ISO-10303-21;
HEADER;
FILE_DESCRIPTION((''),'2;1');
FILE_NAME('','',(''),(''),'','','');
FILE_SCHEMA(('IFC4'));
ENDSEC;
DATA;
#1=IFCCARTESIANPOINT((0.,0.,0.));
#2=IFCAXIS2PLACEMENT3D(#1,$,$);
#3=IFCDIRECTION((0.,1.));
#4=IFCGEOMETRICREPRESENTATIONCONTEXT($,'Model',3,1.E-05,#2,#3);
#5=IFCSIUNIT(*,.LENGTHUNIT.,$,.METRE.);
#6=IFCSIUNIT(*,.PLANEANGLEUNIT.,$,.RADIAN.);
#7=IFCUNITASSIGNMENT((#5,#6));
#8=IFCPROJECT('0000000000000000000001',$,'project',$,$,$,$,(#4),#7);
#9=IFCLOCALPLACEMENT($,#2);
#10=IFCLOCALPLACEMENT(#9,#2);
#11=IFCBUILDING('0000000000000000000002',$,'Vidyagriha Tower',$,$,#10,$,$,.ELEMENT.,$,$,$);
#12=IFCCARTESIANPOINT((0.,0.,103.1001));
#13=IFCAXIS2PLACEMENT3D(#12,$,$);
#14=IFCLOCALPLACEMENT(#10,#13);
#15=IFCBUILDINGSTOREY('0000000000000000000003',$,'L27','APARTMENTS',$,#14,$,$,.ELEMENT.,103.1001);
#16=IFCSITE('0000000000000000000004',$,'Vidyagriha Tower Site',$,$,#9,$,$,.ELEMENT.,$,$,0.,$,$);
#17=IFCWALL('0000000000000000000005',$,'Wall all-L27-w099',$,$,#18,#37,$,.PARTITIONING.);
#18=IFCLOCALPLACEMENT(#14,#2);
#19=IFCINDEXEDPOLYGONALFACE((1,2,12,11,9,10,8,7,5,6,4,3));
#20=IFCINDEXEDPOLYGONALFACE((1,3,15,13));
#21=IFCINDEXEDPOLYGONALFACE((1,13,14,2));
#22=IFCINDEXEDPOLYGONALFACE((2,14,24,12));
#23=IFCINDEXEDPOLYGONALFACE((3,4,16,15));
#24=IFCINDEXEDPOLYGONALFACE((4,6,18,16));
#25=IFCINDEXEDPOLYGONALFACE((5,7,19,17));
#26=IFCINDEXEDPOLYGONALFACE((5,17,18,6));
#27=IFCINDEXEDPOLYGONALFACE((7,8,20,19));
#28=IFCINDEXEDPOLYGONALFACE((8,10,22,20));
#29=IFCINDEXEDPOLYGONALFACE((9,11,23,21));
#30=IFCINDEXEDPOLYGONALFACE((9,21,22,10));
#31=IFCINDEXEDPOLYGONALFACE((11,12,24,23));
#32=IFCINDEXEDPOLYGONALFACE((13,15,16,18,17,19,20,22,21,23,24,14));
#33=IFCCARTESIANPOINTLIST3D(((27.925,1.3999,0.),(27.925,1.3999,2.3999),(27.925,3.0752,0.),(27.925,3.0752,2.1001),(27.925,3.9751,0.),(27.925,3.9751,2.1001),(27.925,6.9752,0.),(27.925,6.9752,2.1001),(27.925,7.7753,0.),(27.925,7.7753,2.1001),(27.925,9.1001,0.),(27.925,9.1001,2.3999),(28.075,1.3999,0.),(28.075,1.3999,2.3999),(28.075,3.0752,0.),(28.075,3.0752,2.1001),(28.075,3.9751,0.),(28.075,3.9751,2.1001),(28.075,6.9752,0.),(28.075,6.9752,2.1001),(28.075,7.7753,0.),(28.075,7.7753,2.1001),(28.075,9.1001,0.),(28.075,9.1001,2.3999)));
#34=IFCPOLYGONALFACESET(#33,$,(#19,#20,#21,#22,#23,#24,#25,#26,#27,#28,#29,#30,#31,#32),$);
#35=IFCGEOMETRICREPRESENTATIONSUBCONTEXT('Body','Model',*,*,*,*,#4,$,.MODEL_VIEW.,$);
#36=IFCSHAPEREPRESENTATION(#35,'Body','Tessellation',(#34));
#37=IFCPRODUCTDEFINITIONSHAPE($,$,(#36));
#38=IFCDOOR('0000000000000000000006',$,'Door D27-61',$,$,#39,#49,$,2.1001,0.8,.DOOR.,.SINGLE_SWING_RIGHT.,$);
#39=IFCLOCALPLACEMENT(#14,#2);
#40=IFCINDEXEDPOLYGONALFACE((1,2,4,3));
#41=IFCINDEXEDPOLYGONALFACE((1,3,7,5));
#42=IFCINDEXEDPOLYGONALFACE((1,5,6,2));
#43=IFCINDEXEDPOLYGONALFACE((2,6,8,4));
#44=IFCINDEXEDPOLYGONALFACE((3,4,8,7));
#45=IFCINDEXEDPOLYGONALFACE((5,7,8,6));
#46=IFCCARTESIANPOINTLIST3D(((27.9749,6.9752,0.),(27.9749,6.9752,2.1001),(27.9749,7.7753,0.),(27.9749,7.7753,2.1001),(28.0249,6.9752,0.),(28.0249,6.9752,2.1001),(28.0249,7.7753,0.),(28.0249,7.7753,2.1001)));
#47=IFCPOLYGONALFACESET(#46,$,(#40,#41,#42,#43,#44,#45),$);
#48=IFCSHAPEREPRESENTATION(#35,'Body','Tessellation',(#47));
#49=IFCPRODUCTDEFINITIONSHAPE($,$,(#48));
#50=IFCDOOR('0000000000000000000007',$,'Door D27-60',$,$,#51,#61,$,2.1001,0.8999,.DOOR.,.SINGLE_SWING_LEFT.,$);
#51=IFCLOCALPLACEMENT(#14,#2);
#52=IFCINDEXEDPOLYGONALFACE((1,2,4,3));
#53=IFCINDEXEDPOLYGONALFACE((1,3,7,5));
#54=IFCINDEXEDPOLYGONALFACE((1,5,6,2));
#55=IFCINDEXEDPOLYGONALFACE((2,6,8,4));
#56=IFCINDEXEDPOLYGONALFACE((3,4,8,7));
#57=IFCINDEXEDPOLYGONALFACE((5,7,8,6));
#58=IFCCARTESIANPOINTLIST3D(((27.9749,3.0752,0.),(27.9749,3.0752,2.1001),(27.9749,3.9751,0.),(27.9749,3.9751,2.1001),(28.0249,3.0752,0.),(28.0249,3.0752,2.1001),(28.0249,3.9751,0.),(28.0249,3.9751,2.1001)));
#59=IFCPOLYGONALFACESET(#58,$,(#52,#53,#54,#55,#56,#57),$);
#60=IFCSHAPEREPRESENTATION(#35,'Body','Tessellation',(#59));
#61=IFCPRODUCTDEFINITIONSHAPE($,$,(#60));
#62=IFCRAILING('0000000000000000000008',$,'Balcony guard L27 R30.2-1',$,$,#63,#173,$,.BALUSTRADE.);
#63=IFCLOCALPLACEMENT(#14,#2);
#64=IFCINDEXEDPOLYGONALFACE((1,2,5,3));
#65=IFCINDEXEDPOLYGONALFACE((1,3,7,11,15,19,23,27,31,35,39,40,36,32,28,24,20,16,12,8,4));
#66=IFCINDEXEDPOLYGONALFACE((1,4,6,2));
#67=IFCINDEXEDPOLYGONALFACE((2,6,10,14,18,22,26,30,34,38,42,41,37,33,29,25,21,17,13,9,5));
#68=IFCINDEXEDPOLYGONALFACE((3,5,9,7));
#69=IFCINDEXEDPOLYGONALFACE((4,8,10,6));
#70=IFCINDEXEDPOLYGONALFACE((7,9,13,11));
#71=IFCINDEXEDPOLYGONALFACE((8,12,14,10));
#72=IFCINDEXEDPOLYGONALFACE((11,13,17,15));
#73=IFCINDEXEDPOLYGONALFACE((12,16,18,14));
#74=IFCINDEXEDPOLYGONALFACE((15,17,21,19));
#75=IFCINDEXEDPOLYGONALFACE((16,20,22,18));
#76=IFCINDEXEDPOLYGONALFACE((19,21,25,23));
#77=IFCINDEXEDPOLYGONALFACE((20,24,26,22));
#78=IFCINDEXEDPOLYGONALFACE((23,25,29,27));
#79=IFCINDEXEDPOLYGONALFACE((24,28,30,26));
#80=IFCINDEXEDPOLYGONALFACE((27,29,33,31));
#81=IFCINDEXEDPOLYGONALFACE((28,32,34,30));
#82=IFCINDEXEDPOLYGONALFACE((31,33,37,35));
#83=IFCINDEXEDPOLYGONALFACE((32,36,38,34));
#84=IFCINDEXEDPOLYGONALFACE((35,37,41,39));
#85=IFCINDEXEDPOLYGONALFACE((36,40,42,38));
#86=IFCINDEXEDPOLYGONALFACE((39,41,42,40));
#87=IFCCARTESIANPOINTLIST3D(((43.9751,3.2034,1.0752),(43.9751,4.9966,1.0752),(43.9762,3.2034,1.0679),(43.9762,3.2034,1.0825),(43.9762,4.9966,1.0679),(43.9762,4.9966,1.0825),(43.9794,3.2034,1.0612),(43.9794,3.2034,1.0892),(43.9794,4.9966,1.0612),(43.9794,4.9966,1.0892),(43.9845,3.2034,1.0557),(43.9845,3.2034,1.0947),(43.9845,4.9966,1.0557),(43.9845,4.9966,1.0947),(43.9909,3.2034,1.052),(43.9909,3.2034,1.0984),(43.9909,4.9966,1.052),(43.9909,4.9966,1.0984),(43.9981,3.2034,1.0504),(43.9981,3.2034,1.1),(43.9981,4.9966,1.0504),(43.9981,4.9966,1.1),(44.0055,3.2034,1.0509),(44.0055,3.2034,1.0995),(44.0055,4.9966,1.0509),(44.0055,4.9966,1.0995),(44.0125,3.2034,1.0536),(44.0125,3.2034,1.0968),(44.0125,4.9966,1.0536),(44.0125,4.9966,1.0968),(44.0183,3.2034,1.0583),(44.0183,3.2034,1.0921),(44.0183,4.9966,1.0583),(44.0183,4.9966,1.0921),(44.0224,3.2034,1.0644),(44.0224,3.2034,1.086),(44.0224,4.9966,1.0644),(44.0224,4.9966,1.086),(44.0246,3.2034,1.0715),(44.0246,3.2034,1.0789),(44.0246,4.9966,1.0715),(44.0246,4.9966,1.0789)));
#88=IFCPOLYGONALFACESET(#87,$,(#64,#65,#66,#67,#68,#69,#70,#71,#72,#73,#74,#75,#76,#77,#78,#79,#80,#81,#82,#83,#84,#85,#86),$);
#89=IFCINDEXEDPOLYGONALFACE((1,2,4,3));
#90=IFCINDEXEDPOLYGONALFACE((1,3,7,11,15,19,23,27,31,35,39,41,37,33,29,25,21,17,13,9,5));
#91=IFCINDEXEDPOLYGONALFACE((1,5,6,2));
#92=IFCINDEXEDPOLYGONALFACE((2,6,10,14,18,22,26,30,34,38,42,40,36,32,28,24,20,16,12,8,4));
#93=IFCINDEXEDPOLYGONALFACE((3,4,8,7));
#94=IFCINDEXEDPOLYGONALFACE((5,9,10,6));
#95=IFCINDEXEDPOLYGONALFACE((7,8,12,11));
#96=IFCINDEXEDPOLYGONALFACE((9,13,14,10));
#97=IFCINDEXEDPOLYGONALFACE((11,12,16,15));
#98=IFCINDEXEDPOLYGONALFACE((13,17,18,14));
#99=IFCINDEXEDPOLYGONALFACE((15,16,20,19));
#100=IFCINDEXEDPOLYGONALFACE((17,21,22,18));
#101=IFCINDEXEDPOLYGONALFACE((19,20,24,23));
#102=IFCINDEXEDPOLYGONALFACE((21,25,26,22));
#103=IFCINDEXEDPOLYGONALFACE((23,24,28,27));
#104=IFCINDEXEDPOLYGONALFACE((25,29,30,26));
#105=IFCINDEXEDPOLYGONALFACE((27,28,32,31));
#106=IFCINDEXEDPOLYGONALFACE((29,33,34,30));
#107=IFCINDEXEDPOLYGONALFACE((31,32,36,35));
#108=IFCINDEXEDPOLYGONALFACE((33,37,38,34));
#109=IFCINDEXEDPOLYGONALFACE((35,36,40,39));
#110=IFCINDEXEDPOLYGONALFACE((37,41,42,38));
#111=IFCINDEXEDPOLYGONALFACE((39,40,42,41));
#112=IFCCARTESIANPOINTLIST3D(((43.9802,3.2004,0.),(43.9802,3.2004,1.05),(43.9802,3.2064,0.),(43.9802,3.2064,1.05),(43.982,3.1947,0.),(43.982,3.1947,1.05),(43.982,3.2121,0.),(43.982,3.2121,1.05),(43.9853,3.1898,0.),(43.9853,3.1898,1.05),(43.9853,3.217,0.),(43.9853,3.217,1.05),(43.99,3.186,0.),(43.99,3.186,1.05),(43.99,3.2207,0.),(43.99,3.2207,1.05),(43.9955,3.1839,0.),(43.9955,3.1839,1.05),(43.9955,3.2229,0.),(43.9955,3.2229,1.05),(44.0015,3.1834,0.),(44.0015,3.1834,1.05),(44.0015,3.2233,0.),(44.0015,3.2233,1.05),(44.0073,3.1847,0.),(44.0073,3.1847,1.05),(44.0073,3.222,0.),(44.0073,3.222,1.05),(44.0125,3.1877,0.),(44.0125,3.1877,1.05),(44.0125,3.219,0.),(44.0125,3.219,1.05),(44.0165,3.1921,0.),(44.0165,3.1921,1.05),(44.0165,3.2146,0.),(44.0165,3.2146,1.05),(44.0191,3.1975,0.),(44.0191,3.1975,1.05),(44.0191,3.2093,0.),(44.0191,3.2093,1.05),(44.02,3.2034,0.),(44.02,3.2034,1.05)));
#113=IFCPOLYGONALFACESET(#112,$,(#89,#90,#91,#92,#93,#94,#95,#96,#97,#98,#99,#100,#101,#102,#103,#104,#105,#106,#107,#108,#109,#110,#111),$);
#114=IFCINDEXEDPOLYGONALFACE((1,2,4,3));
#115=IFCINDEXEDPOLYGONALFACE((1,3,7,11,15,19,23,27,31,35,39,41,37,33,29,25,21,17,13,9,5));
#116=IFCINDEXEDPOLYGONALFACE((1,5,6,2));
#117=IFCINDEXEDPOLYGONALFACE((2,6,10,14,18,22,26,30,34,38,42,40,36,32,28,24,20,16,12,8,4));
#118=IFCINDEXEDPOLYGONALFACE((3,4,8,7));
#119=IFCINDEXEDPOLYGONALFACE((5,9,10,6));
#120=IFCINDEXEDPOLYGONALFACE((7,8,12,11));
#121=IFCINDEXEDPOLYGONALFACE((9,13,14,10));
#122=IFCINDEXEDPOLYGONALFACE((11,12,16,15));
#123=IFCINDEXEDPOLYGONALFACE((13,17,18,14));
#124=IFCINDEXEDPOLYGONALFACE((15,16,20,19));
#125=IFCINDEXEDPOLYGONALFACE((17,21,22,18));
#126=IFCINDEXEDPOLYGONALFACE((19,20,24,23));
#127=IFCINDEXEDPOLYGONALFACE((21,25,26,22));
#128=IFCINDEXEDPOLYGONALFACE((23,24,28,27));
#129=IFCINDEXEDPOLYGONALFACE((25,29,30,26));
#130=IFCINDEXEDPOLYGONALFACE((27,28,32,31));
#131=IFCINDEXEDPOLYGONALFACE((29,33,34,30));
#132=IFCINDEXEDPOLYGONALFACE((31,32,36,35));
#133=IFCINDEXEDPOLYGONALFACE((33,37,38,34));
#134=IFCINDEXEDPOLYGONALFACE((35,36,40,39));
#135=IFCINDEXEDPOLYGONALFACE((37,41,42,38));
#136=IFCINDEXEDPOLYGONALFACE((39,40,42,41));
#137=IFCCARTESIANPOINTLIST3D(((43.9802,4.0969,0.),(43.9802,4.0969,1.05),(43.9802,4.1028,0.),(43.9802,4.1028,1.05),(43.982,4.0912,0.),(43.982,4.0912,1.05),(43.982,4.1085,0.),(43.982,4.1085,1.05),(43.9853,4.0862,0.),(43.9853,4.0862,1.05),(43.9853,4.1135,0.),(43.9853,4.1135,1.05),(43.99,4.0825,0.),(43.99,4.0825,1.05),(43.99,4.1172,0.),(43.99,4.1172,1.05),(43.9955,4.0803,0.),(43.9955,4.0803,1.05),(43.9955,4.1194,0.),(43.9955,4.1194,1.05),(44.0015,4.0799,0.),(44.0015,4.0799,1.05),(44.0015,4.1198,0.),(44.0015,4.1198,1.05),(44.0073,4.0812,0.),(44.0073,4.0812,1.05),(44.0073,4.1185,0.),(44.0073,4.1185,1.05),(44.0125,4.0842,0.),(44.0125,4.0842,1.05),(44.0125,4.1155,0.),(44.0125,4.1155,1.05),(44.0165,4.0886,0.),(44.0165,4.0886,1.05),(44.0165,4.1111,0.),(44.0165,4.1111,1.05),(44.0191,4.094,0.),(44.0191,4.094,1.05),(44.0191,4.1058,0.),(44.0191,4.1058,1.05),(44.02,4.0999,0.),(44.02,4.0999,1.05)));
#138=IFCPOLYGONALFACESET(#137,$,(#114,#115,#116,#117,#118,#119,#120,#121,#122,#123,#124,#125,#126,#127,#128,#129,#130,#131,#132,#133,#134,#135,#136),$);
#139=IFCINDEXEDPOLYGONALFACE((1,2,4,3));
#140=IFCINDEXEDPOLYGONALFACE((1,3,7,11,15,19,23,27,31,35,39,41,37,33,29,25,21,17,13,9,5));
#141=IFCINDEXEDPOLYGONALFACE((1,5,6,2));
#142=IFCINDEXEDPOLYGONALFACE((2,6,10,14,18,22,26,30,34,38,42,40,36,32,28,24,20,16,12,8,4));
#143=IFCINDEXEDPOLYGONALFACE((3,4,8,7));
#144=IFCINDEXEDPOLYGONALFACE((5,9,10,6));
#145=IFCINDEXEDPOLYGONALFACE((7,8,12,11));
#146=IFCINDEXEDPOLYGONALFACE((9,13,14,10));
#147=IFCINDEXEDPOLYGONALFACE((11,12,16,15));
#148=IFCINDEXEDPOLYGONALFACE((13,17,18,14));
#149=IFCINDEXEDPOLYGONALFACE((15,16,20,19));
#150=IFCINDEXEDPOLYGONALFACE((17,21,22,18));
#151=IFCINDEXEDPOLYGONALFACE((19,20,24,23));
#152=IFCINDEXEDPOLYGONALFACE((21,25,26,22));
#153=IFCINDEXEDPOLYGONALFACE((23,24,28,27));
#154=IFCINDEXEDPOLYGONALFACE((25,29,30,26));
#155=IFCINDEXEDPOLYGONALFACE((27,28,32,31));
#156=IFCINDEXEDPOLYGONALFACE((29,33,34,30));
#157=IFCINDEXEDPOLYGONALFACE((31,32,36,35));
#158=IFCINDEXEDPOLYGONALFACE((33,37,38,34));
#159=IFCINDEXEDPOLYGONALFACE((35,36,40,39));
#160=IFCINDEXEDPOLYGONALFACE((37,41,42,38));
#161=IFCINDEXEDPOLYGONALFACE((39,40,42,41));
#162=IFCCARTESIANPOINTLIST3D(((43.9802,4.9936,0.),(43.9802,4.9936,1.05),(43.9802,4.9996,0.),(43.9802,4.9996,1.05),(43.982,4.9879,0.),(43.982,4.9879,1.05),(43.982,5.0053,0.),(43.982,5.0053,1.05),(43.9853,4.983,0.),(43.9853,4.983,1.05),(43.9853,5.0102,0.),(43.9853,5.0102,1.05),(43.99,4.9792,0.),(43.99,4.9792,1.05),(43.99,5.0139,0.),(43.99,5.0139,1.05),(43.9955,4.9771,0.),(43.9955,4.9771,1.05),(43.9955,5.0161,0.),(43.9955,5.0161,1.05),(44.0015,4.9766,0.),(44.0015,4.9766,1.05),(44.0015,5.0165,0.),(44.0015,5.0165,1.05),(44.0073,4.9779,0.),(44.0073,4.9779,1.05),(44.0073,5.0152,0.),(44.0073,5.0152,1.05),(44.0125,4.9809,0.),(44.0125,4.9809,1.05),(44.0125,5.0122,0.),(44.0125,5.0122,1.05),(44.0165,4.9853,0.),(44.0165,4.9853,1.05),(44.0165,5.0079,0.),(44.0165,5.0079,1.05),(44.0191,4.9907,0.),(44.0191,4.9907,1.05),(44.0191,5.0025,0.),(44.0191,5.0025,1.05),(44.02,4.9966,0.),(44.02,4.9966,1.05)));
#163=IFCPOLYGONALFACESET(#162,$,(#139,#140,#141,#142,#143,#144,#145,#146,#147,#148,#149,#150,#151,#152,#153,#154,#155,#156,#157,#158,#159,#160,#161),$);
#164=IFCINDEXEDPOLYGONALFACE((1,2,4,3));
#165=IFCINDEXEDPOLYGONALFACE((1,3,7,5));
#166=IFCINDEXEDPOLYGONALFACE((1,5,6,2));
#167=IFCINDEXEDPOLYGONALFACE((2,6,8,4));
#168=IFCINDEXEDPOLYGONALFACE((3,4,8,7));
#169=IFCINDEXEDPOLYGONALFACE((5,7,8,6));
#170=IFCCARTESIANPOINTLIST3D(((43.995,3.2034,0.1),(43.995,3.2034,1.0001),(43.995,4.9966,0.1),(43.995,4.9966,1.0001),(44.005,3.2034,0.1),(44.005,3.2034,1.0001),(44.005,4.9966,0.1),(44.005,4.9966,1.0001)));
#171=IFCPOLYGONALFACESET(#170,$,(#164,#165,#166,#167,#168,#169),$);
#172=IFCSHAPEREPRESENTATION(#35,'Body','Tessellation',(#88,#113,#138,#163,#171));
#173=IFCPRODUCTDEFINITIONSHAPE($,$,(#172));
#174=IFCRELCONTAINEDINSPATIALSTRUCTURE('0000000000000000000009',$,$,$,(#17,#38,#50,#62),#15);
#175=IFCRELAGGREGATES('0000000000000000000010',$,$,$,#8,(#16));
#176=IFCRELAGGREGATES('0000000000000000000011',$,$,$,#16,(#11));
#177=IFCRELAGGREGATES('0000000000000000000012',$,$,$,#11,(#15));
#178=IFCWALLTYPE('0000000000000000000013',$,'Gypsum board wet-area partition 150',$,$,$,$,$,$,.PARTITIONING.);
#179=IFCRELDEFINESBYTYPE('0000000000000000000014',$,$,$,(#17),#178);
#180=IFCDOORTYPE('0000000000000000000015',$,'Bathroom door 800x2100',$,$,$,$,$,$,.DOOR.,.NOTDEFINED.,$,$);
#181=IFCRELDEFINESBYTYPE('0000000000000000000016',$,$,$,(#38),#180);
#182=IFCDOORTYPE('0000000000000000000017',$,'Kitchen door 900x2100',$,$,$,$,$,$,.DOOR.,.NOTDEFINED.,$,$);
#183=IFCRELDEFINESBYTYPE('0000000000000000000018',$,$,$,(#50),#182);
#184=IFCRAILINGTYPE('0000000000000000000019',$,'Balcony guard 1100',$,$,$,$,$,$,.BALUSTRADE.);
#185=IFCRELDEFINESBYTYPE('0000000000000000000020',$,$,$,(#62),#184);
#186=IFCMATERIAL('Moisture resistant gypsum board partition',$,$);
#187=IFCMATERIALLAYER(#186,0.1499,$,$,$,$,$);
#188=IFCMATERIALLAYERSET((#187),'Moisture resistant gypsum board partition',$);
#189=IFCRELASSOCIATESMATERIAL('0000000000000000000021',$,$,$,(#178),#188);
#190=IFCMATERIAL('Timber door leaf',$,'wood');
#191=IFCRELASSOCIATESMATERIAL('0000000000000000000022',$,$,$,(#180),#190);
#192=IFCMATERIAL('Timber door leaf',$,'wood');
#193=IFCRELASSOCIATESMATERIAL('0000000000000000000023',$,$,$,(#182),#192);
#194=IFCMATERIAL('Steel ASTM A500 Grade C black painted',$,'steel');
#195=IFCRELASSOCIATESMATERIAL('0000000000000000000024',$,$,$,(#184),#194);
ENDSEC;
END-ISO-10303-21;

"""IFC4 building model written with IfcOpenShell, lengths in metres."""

from ifc_helpers import new_model, si_unit, direction, frame, frame_2d, origin, origin_2d, place, context, subcontext, project, spatial, rectangle, circle, extrude, material, layer, layer_set, type_object, element, fill, save


model = new_model("IFC4")

# Units and contexts
model_context = context("Model", 3, precision=1e-05, world=origin(), true_north=direction((0.0, 1.0)))
body_context = subcontext(model_context, "Body", "Model", "MODEL_VIEW")
ifc_project = project(units=[si_unit("LENGTHUNIT", "METRE"), si_unit("PLANEANGLEUNIT", "RADIAN")], contexts=[model_context])

# Site, building, storey
site_placement = place(None, origin())
site = spatial("IfcSite", under=ifc_project, at=site_placement, Name="Vidyagriha Tower Site", CompositionType="ELEMENT", RefElevation=0.0)
building_placement = place(site_placement, origin())
building = spatial("IfcBuilding", under=site, at=building_placement, Name="Vidyagriha Tower", CompositionType="ELEMENT")
storey_placement = place(building_placement, frame((0.0, 0.0, 103.1001)))
storey = spatial("IfcBuildingStorey", under=building, at=storey_placement, Name="L27", Description="APARTMENTS", CompositionType="ELEMENT", Elevation=103.1001)

# Wall, openings, doors
ifc_material_1 = material(Name="Moisture resistant gypsum board partition")
ifc_layer_1 = layer(ifc_material_1, 0.1499)
ifc_layer_set_1 = layer_set([ifc_layer_1], Name="Moisture resistant gypsum board partition")
wall_type_1 = type_object("IfcWallType", Name="Gypsum board wet-area partition 150", PredefinedType="PARTITIONING", material=ifc_layer_set_1)
wall_1_placement = place(storey_placement, frame((28.0, 9.1001, 0.0), z_axis=(0.0, 0.0, 1.0), x_axis=(0.0, -1.0, 0.0)))
wall_1 = element("IfcWall", 1, at=wall_1_placement, inside=storey, type_object=wall_type_1, Name="Wall all-L27-w099", PredefinedType="PARTITIONING", context=body_context, shape_type="SweptSolid", body=[
    extrude(rectangle(XDim=7.7002, YDim=0.1499, at=frame_2d((3.8501, 0.0))), origin(), (0.0, 0.0, 1.0), 2.3999),
])
opening_1_placement = place(wall_1_placement, frame((5.125, 0.0, 0.0)))
opening_1 = element("IfcOpeningElement", 2, at=opening_1_placement, cuts=wall_1, PredefinedType="OPENING", context=body_context, shape_type="SweptSolid", body=[
    extrude(rectangle(XDim=0.8999, YDim=2.1001, at=frame_2d((0.45, 1.05))), frame((0.0, 0.085, 0.0), z_axis=(0.0, -1.0, 0.0), x_axis=(1.0, 0.0, 0.0)), (0.0, 0.0, 1.0), 0.1699),
])
opening_2_placement = place(wall_1_placement, frame((1.325, 0.0, 0.0)))
opening_2 = element("IfcOpeningElement", 3, at=opening_2_placement, cuts=wall_1, PredefinedType="OPENING", context=body_context, shape_type="SweptSolid", body=[
    extrude(rectangle(XDim=0.8, YDim=2.1001, at=frame_2d((0.3999, 1.05))), frame((0.0, 0.085, 0.0), z_axis=(0.0, -1.0, 0.0), x_axis=(1.0, 0.0, 0.0)), (0.0, 0.0, 1.0), 0.1699),
])
ifc_material_2 = material(Name="Timber door leaf", Category="wood")
door_type_1 = type_object("IfcDoorType", Name="Bathroom door 800x2100", OperationType="NOTDEFINED", PredefinedType="DOOR", material=ifc_material_2)
door_1_placement = place(opening_2_placement, origin())
door_1 = element("IfcDoor", 4, at=door_1_placement, inside=storey, type_object=door_type_1, Name="Door D27-61", OperationType="SINGLE_SWING_RIGHT", OverallHeight=2.1001, OverallWidth=0.8, PredefinedType="DOOR", context=body_context, shape_type="SweptSolid", body=[
    extrude(rectangle(XDim=0.8, YDim=2.1001, at=frame_2d((0.3999, 1.05))), frame((0.0, 0.0249, 0.0), z_axis=(0.0, -1.0, 0.0), x_axis=(1.0, 0.0, 0.0)), (0.0, 0.0, 1.0), 0.05),
])
fill(opening_2, door_1)
ifc_material_3 = material(Name="Timber door leaf", Category="wood")
door_type_2 = type_object("IfcDoorType", Name="Kitchen door 900x2100", OperationType="NOTDEFINED", PredefinedType="DOOR", material=ifc_material_3)
door_2_placement = place(opening_1_placement, origin())
door_2 = element("IfcDoor", 5, at=door_2_placement, inside=storey, type_object=door_type_2, Name="Door D27-60", OperationType="SINGLE_SWING_LEFT", OverallHeight=2.1001, OverallWidth=0.8999, PredefinedType="DOOR", context=body_context, shape_type="SweptSolid", body=[
    extrude(rectangle(XDim=0.8999, YDim=2.1001, at=frame_2d((0.45, 1.05))), frame((0.0, 0.0249, 0.0), z_axis=(0.0, -1.0, 0.0), x_axis=(1.0, 0.0, 0.0)), (0.0, 0.0, 1.0), 0.05),
])
fill(opening_1, door_2)

# Railing
ifc_material_4 = material(Name="Steel ASTM A500 Grade C black painted", Category="steel")
railing_type_1 = type_object("IfcRailingType", Name="Balcony guard 1100", PredefinedType="BALUSTRADE", material=ifc_material_4)
railing_1_placement = place(storey_placement, frame((44.0, 3.2034, 0.0)))
element("IfcRailing", 6, at=railing_1_placement, inside=storey, type_object=railing_type_1, Name="Balcony guard L27 R30.2-1", PredefinedType="BALUSTRADE", context=body_context, shape_type="SweptSolid", body=[
    extrude(circle(Radius=0.0249, at=origin_2d()), frame((0.0, 0.0, 1.0752), z_axis=(0.0, 1.0, 0.0), x_axis=(-1.0, 0.0, 0.0)), (0.0, 0.0, 1.0), 1.7932),
    extrude(circle(Radius=0.02, at=origin_2d()), origin(), (0.0, 0.0, 1.0), 1.05),
    extrude(circle(Radius=0.02, at=origin_2d()), frame((0.0, 0.8965, 0.0)), (0.0, 0.0, 1.0), 1.05),
    extrude(circle(Radius=0.02, at=origin_2d()), frame((0.0, 1.7932, 0.0)), (0.0, 0.0, 1.0), 1.05),
    extrude(rectangle(XDim=0.01, YDim=0.9001, at=origin_2d()), frame((0.0, 0.0, 0.55), z_axis=(0.0, 1.0, 0.0), x_axis=(-1.0, 0.0, 0.0)), (0.0, 0.0, 1.0), 1.7932),
])

save(model, "model.ifc")
